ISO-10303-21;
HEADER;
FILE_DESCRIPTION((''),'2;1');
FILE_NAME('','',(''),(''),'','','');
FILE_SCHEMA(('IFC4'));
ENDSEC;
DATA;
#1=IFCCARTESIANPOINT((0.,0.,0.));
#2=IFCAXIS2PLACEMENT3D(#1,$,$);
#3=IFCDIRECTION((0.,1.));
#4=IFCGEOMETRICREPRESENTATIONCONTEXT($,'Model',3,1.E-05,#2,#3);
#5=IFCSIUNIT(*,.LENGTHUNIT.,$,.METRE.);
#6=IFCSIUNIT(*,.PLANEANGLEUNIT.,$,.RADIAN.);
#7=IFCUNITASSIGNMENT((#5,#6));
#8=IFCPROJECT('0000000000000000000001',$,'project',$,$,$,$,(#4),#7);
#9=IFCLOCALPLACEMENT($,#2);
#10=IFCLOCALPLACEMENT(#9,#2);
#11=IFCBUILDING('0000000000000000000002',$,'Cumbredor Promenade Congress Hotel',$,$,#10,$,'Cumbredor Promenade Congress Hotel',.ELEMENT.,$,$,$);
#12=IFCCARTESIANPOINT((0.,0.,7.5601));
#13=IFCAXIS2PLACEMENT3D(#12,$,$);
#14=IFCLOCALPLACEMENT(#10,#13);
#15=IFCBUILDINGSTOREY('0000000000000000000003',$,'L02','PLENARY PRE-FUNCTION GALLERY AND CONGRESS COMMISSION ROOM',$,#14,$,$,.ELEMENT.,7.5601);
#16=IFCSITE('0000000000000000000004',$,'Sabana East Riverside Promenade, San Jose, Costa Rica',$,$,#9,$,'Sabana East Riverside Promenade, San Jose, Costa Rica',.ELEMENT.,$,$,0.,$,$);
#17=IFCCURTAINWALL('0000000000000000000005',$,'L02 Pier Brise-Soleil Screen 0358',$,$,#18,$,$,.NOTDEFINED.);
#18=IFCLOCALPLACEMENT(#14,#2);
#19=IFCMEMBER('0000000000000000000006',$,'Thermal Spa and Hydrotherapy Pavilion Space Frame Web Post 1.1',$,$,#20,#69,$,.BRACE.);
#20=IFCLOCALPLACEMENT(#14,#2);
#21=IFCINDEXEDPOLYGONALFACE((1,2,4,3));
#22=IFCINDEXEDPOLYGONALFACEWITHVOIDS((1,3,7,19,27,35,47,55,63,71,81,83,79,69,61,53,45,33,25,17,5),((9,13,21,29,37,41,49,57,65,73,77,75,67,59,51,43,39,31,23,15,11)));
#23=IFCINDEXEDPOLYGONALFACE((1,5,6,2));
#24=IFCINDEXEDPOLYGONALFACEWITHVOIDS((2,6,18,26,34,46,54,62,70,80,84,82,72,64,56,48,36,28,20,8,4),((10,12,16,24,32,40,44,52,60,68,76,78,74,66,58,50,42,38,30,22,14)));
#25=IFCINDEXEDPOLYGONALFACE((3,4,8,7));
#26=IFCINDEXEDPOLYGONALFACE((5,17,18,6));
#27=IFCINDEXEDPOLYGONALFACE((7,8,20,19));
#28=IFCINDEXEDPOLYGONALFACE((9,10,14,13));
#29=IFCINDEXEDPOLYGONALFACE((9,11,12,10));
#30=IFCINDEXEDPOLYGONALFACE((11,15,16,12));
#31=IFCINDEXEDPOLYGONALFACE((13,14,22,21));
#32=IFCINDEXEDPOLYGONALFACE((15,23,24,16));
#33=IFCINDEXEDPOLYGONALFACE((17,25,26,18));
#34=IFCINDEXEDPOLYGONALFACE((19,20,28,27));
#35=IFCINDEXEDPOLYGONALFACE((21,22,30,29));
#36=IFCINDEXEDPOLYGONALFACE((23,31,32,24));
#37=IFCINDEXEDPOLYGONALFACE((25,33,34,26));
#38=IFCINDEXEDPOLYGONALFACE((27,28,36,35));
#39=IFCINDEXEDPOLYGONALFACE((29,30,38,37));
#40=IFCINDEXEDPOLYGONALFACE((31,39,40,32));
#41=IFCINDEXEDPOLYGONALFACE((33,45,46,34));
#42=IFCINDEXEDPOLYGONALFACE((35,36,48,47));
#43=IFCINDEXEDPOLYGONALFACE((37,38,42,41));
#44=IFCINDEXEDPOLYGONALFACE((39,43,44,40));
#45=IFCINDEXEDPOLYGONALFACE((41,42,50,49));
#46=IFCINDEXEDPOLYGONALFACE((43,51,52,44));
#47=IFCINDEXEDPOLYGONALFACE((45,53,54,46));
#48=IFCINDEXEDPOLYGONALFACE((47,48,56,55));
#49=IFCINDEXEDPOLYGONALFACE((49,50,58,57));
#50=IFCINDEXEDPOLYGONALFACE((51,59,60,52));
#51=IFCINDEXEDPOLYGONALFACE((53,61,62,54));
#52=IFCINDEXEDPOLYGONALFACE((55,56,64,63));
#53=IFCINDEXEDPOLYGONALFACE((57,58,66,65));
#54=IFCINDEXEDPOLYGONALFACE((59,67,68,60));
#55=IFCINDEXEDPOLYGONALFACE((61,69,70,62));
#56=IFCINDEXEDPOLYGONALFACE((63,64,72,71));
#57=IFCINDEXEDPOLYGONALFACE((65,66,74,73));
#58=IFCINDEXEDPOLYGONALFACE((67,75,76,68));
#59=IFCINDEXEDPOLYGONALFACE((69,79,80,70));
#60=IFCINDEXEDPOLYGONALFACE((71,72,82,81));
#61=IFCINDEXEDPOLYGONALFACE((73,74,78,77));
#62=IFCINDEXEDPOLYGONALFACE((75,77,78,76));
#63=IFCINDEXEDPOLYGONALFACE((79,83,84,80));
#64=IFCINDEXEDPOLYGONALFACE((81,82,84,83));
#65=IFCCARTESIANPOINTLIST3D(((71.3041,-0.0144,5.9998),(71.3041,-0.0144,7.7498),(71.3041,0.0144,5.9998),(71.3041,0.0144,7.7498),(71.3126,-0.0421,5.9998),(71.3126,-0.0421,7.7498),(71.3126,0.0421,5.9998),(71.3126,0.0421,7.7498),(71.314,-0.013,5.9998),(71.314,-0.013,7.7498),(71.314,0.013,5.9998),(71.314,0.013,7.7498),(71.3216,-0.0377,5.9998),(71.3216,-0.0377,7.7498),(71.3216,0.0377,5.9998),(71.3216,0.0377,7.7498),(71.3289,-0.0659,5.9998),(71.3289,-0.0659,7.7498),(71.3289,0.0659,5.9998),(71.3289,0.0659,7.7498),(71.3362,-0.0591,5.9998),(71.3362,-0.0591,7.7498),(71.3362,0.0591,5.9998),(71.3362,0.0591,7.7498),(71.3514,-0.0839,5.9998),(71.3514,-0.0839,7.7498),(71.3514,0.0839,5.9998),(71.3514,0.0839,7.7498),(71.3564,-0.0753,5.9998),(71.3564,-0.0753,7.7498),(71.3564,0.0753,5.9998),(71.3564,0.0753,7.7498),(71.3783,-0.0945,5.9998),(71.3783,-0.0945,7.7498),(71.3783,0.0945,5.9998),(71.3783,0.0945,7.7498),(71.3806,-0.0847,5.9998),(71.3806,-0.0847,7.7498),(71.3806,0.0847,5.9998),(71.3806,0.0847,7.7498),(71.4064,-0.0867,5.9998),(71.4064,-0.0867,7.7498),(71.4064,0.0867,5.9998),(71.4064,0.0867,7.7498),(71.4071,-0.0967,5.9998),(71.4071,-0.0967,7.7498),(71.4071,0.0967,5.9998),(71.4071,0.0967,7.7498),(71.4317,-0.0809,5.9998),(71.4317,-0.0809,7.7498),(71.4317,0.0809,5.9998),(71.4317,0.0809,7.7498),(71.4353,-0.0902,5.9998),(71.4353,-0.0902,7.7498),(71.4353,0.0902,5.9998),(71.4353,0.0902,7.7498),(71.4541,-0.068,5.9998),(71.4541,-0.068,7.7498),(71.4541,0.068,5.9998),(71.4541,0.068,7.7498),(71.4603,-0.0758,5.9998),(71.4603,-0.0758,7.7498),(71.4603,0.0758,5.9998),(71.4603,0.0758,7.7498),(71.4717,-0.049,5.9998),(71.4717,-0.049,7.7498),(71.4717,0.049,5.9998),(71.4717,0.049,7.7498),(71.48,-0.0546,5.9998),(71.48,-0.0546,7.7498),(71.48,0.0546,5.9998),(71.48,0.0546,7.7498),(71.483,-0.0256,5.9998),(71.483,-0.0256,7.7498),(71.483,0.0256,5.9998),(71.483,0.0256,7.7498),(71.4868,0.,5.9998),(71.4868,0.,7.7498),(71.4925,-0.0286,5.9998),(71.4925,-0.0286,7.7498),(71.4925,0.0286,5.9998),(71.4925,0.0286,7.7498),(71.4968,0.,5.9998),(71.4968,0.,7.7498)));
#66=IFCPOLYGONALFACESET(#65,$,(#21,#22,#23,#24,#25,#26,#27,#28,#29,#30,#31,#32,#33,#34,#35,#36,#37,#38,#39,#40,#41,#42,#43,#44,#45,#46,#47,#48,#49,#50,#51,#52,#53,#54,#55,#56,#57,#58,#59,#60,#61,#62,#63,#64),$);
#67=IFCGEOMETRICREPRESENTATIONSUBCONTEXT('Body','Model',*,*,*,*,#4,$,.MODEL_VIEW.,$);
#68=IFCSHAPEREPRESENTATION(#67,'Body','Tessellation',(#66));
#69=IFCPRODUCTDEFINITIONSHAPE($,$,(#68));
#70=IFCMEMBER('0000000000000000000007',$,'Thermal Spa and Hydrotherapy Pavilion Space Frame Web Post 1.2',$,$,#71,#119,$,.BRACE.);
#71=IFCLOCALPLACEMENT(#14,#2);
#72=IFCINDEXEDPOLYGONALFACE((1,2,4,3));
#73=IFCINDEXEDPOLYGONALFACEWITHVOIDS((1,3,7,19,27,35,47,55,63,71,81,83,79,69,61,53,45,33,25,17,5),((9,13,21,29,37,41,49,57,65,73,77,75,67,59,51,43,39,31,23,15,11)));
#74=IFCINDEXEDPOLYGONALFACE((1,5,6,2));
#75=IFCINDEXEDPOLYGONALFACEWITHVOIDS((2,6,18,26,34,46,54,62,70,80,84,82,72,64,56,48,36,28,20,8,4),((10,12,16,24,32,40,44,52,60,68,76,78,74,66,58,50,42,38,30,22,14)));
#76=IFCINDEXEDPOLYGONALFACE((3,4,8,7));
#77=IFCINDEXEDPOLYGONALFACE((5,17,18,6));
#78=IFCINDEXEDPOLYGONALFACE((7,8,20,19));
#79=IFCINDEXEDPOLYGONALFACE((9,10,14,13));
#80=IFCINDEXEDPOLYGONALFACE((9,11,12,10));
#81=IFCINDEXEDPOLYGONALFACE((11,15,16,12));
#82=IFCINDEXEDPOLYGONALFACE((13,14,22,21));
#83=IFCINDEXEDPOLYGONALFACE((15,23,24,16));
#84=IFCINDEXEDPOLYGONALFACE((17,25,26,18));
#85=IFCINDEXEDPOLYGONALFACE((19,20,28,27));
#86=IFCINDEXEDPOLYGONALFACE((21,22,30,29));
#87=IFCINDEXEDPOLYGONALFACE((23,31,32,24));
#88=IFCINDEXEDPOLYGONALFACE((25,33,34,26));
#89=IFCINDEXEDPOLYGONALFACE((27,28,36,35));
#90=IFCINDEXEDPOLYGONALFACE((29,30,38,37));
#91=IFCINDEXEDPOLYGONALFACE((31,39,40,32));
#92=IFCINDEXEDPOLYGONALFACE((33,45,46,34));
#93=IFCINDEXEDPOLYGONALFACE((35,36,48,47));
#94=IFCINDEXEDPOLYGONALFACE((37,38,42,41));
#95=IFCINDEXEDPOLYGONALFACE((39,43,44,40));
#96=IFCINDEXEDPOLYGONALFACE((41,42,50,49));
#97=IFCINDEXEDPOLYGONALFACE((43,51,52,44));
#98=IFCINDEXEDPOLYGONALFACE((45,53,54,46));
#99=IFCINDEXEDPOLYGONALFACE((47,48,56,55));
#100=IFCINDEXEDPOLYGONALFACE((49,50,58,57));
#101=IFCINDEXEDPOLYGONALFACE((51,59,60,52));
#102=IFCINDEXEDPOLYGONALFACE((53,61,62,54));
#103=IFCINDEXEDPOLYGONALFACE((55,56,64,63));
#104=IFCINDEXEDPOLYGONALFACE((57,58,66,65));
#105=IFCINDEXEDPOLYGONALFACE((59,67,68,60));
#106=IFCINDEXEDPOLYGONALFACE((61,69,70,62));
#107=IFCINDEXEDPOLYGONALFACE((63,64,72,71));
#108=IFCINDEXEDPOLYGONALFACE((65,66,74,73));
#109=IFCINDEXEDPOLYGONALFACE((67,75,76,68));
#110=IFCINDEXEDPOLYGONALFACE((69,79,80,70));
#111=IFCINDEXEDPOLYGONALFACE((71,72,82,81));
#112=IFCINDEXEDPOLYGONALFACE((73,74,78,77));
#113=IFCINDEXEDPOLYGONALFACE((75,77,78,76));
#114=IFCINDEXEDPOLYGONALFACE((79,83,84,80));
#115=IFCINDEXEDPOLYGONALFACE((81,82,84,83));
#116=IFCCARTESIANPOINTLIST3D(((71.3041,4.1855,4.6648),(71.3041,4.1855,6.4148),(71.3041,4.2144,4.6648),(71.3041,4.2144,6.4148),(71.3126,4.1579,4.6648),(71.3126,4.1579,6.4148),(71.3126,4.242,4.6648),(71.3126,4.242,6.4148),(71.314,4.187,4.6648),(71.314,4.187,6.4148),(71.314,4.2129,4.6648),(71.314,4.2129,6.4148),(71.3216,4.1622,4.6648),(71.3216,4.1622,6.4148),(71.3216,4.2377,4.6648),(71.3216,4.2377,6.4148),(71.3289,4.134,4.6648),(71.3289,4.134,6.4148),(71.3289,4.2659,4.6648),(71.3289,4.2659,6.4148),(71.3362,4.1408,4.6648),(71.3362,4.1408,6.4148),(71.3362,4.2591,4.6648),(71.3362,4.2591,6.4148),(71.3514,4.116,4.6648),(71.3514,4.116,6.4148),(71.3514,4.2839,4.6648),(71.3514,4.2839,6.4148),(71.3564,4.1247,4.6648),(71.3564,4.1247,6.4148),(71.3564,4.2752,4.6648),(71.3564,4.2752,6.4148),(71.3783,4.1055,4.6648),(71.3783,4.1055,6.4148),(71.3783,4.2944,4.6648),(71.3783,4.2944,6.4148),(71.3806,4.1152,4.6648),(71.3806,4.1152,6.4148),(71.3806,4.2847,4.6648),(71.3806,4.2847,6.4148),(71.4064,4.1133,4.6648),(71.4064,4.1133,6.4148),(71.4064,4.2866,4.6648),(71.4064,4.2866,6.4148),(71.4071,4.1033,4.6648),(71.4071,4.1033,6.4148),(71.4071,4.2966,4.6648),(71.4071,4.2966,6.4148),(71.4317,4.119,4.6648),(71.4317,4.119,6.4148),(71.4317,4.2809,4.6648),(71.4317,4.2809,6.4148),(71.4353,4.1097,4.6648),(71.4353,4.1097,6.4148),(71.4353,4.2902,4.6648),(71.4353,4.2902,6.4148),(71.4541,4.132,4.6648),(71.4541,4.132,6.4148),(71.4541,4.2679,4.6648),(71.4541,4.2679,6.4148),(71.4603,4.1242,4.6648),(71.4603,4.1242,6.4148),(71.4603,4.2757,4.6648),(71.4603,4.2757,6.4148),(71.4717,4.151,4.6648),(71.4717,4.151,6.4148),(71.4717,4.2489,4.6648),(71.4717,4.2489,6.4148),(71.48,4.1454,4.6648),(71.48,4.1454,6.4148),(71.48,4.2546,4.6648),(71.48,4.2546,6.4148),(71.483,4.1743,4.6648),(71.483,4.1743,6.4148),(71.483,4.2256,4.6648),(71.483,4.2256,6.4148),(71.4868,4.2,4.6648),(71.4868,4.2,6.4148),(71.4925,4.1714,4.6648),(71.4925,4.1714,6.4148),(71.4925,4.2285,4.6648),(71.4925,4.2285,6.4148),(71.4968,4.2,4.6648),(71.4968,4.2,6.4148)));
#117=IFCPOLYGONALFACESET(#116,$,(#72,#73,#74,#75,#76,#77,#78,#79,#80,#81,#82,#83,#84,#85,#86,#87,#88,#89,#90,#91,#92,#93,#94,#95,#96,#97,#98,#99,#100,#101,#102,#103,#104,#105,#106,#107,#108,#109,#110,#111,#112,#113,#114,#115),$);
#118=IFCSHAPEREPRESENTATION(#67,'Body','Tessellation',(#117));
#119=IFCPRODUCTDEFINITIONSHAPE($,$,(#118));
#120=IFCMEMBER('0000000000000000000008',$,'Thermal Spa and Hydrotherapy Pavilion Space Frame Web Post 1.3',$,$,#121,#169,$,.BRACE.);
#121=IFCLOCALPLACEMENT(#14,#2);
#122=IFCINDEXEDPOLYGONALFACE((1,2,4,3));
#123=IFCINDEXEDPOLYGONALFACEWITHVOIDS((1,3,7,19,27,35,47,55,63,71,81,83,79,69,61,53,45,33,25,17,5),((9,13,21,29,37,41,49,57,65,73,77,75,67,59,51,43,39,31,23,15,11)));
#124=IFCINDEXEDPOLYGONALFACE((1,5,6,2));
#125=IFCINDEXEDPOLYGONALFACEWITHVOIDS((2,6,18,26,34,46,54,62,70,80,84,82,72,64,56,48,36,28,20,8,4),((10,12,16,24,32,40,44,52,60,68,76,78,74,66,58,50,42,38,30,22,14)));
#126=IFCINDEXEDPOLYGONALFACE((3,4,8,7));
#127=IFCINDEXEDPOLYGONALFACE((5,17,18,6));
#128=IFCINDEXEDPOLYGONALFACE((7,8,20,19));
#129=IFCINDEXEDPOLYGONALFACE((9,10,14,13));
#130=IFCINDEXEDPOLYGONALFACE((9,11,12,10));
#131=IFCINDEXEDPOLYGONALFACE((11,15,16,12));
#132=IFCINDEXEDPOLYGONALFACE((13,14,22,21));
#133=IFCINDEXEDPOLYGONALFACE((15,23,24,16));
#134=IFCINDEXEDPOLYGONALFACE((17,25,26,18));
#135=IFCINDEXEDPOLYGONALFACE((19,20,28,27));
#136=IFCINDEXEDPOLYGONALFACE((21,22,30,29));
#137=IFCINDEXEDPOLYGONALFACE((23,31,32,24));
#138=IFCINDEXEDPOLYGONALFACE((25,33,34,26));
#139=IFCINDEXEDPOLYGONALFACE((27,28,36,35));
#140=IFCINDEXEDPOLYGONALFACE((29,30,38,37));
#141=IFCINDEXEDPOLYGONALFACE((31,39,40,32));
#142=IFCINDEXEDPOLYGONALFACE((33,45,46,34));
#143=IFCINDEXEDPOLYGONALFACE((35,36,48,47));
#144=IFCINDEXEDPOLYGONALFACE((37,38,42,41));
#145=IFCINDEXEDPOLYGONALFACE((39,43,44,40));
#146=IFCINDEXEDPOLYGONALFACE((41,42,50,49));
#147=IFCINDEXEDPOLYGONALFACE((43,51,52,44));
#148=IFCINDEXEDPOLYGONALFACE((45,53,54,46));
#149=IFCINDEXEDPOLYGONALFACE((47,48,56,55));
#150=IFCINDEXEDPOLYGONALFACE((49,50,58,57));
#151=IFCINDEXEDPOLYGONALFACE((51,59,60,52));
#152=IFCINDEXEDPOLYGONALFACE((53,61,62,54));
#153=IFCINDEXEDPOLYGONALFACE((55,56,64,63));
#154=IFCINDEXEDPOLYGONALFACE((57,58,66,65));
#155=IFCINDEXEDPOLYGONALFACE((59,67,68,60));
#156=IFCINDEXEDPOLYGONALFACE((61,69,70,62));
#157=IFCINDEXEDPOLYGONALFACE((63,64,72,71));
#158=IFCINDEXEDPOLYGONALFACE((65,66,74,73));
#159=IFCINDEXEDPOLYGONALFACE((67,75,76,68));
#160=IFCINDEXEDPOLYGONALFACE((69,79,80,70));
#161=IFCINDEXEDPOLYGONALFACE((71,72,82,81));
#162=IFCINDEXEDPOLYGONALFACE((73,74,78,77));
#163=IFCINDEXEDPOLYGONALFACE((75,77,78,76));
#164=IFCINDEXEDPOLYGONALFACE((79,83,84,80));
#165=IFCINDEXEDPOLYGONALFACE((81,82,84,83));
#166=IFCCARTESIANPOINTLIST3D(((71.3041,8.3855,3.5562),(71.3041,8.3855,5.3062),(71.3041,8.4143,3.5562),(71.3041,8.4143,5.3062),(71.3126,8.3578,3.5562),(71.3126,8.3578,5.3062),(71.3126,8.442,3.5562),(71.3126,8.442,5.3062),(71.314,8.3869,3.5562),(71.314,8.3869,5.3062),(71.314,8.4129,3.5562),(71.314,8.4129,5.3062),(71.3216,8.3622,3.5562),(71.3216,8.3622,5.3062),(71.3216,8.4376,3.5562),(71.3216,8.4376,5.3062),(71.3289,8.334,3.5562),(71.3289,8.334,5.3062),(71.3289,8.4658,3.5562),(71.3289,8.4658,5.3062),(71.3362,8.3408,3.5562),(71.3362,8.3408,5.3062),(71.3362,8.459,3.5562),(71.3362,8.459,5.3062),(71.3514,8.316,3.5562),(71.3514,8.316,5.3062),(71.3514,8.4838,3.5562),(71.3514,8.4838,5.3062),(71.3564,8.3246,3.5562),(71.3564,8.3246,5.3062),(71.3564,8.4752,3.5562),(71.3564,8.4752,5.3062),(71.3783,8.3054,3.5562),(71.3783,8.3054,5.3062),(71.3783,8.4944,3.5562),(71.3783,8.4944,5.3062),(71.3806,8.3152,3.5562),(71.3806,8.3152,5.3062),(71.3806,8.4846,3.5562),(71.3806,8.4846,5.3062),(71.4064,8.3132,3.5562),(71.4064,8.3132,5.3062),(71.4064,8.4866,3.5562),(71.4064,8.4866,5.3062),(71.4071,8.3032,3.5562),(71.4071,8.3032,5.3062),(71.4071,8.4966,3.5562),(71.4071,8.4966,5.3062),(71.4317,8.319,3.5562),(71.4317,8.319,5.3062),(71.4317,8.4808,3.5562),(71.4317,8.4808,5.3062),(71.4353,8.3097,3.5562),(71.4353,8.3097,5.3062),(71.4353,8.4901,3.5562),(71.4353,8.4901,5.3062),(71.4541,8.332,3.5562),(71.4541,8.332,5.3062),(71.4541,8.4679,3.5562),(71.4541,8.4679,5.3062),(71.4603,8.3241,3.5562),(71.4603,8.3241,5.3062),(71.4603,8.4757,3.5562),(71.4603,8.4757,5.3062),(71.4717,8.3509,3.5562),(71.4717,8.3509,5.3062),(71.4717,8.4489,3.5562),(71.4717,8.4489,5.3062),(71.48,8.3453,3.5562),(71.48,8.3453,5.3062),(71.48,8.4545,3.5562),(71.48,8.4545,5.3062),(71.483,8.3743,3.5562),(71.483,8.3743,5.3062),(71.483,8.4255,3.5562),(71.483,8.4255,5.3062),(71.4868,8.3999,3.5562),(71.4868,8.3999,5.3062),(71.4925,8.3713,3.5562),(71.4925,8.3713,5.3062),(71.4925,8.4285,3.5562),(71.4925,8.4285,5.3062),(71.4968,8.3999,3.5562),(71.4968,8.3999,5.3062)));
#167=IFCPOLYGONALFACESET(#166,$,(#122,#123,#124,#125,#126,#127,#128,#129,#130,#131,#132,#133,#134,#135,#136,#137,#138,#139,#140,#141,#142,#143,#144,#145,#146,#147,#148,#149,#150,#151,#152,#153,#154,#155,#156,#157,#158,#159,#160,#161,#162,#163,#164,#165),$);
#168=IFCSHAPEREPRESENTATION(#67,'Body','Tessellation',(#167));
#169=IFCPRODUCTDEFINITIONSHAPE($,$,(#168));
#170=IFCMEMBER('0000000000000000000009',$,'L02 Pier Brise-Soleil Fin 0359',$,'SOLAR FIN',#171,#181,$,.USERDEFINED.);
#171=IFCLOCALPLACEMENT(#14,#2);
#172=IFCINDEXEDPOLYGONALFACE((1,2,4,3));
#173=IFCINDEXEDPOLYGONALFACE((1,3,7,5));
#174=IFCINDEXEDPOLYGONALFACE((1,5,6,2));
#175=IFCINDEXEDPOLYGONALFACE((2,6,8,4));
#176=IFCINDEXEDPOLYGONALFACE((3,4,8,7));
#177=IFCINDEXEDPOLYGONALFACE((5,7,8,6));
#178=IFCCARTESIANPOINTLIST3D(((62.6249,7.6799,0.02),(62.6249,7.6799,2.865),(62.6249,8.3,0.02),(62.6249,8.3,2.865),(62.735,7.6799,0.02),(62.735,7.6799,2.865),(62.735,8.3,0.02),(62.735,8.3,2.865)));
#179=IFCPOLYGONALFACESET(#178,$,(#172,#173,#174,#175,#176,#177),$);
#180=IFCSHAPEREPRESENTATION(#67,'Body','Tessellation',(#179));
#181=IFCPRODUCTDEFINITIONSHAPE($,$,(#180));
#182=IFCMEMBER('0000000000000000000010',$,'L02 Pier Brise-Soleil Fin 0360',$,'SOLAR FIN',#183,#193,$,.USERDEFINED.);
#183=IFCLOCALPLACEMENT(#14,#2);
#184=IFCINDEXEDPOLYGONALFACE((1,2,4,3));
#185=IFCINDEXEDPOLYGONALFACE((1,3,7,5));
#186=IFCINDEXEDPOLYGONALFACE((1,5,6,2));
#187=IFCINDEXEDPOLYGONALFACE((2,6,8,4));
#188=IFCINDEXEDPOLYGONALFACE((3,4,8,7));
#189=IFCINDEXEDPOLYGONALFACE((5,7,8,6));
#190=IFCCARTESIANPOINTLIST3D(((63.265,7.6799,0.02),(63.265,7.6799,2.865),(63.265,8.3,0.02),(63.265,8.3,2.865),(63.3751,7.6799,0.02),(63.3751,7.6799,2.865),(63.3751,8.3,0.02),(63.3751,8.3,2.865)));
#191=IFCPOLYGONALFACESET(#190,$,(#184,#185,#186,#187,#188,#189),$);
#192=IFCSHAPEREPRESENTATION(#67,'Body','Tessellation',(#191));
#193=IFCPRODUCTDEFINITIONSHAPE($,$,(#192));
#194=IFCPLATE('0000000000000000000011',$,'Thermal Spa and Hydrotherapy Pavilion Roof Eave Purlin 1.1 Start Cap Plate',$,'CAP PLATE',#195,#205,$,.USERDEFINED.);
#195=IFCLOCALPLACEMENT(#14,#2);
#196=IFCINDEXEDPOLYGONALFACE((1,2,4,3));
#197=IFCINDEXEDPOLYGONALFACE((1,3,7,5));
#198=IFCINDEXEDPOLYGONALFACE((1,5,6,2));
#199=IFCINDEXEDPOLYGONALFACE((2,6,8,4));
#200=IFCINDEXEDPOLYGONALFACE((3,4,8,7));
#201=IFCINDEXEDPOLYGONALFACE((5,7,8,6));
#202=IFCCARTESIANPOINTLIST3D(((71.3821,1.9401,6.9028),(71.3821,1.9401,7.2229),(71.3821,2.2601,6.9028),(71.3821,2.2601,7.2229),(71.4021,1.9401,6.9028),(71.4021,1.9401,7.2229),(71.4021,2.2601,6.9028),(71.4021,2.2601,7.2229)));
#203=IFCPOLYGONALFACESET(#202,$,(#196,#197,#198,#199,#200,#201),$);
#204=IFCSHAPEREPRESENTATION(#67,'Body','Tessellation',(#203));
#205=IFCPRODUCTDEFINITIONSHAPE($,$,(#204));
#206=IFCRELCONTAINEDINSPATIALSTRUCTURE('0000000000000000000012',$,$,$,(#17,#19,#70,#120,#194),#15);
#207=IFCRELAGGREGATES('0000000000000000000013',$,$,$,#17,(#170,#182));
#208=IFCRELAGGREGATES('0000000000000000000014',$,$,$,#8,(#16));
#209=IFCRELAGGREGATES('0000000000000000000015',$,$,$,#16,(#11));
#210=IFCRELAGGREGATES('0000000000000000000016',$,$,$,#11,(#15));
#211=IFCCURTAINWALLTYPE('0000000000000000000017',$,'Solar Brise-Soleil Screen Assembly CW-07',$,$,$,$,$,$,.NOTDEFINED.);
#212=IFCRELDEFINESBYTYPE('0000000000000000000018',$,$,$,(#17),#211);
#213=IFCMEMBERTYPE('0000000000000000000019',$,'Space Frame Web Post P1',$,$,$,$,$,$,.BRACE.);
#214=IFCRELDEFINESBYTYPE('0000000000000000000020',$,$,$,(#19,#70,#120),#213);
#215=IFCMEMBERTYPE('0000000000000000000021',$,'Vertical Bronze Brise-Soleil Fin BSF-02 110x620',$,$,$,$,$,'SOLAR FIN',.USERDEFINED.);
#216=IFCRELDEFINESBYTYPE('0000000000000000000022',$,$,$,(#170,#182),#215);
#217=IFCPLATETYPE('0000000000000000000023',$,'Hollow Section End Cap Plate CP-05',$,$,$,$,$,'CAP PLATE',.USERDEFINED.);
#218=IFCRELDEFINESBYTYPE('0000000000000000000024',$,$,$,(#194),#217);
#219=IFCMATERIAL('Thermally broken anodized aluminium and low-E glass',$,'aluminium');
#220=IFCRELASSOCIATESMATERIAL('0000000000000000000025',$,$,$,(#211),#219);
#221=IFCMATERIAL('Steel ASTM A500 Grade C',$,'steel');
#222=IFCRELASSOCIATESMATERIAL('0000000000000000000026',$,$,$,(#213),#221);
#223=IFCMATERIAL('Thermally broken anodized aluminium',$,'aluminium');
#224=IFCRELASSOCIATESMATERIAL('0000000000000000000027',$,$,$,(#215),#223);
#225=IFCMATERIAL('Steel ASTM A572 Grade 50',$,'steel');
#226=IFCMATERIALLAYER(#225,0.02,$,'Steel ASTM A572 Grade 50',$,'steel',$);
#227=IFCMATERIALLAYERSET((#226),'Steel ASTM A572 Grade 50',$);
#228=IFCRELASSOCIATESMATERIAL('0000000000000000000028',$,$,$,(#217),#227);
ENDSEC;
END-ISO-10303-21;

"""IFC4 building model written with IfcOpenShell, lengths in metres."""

from ifc_helpers import new_model, si_unit, direction, frame, origin, origin_2d, place, context, subcontext, project, spatial, rectangle, hollow_circle, extrude, material, layer, layer_set, material_profile, profile_set, type_object, element, aggregate, save


model = new_model("IFC4")

# Units and contexts
model_context = context("Model", 3, precision=1e-05, world=origin(), true_north=direction((0.0, 1.0)))
body_context = subcontext(model_context, "Body", "Model", "MODEL_VIEW")
ifc_project = project(units=[si_unit("LENGTHUNIT", "METRE"), si_unit("PLANEANGLEUNIT", "RADIAN")], contexts=[model_context])

# Site, building, storey
site_placement = place(None, origin())
site = spatial("IfcSite", under=ifc_project, at=site_placement, Name="Sabana East Riverside Promenade, San Jose, Costa Rica", LongName="Sabana East Riverside Promenade, San Jose, Costa Rica", CompositionType="ELEMENT", RefElevation=0.0)
building_placement = place(site_placement, origin())
building = spatial("IfcBuilding", under=site, at=building_placement, Name="Cumbredor Promenade Congress Hotel", LongName="Cumbredor Promenade Congress Hotel", CompositionType="ELEMENT")
storey_placement = place(building_placement, frame((0.0, 0.0, 7.5601)))
storey = spatial("IfcBuildingStorey", under=building, at=storey_placement, Name="L02", Description="PLENARY PRE-FUNCTION GALLERY AND CONGRESS COMMISSION ROOM", CompositionType="ELEMENT", Elevation=7.5601)

# Curtain wall
ifc_material_1 = material(Name="Thermally broken anodized aluminium and low-E glass", Category="aluminium")
curtain_wall_type = type_object("IfcCurtainWallType", Name="Solar Brise-Soleil Screen Assembly CW-07", PredefinedType="NOTDEFINED", material=ifc_material_1)
curtain_wall_placement = place(storey_placement, origin())
curtain_wall = element("IfcCurtainWall", 1, at=curtain_wall_placement, inside=storey, type_object=curtain_wall_type, Name="L02 Pier Brise-Soleil Screen 0358", PredefinedType="NOTDEFINED")
ifc_material_2 = material(Name="Thermally broken anodized aluminium", Category="aluminium")

# Shared definitions
ifc_material_3 = material(Name="Steel ASTM A500 Grade C", Category="steel")

# Members
ifc_material_profile_1 = material_profile(ifc_material_3, hollow_circle(Radius=0.0969, WallThickness=0.01, at=origin_2d()), Name="CHS 193.7x10")
ifc_profile_set_1 = profile_set([ifc_material_profile_1], Name="Steel ASTM A500 Grade C")
member_type_1 = type_object("IfcMemberType", Name="Space Frame Web Post P1", PredefinedType="BRACE", material=ifc_profile_set_1)
for number, where, z_axis, x_axis, name in (
    (2, (71.3999, 0.0, 5.9998), (0.0, 0.0, 1.0), (1.0, 0.0, 0.0), "Thermal Spa and Hydrotherapy Pavilion Space Frame Web Post 1.1"),
    (3, (71.3999, 4.2, 4.6648), (0.0, 0.0, 1.0), (1.0, 0.0, 0.0), "Thermal Spa and Hydrotherapy Pavilion Space Frame Web Post 1.2"),
    (4, (71.3999, 8.3999, 3.5562), (0.0, 0.0, 1.0), (1.0, 0.0, 0.0), "Thermal Spa and Hydrotherapy Pavilion Space Frame Web Post 1.3"),
):
    element("IfcMember", number, at=place(storey_placement, frame(where, z_axis=z_axis, x_axis=x_axis)), inside=storey, type_object=member_type_1, Name=name, PredefinedType="BRACE", context=body_context, shape_type="SweptSolid", body=[
        extrude(hollow_circle(Radius=0.0969, WallThickness=0.01, at=origin_2d()), origin(), (0.0, 0.0, 1.0), 1.75),
    ])

# Members
ifc_material_profile_2 = material_profile(ifc_material_2, rectangle(XDim=0.1101, YDim=0.6201, at=origin_2d()), Name="ARCH FIN 110x620")
ifc_profile_set_2 = profile_set([ifc_material_profile_2], Name="Thermally broken anodized aluminium")
member_type_2 = type_object("IfcMemberType", Name="Vertical Bronze Brise-Soleil Fin BSF-02 110x620", ElementType="SOLAR FIN", PredefinedType="USERDEFINED", material=ifc_profile_set_2)
member_1_placement = place(storey_placement, frame((62.6799, 7.99, 0.02), z_axis=(0.0, 0.0, 1.0), x_axis=(1.0, 0.0, 0.0)))
member_1 = element("IfcMember", 5, at=member_1_placement, type_object=member_type_2, Name="L02 Pier Brise-Soleil Fin 0359", ObjectType="SOLAR FIN", PredefinedType="USERDEFINED", context=body_context, shape_type="SweptSolid", body=[
    extrude(rectangle(XDim=0.1101, YDim=0.6201, at=origin_2d()), origin(), (0.0, 0.0, 1.0), 2.845),
])
member_2_placement = place(storey_placement, frame((63.3201, 7.99, 0.02), z_axis=(0.0, 0.0, 1.0), x_axis=(1.0, 0.0, 0.0)))
member_2 = element("IfcMember", 6, at=member_2_placement, type_object=member_type_2, Name="L02 Pier Brise-Soleil Fin 0360", ObjectType="SOLAR FIN", PredefinedType="USERDEFINED", context=body_context, shape_type="SweptSolid", body=[
    extrude(rectangle(XDim=0.1101, YDim=0.6201, at=origin_2d()), origin(), (0.0, 0.0, 1.0), 2.845),
])
aggregate(curtain_wall, [member_1, member_2])

# Plate
ifc_material_4 = material(Name="Steel ASTM A572 Grade 50", Category="steel")
ifc_layer_1 = layer(ifc_material_4, 0.02, Name="Steel ASTM A572 Grade 50", Category="steel")
ifc_layer_set_1 = layer_set([ifc_layer_1], Name="Steel ASTM A572 Grade 50")
plate_type_1 = type_object("IfcPlateType", Name="Hollow Section End Cap Plate CP-05", ElementType="CAP PLATE", PredefinedType="USERDEFINED", material=ifc_layer_set_1)
plate_placement = place(storey_placement, frame((71.3921, 2.1001, 6.9028), z_axis=(0.0, 0.0, 1.0), x_axis=(1.0, 0.0, 0.0)))
element("IfcPlate", 7, at=plate_placement, inside=storey, type_object=plate_type_1, Name="Thermal Spa and Hydrotherapy Pavilion Roof Eave Purlin 1.1 Start Cap Plate", ObjectType="CAP PLATE", PredefinedType="USERDEFINED", context=body_context, shape_type="SweptSolid", body=[
    extrude(rectangle(XDim=0.02, YDim=0.3201, at=origin_2d()), origin(), (0.0, 0.0, 1.0), 0.3201),
])

save(model, "model.ifc")
